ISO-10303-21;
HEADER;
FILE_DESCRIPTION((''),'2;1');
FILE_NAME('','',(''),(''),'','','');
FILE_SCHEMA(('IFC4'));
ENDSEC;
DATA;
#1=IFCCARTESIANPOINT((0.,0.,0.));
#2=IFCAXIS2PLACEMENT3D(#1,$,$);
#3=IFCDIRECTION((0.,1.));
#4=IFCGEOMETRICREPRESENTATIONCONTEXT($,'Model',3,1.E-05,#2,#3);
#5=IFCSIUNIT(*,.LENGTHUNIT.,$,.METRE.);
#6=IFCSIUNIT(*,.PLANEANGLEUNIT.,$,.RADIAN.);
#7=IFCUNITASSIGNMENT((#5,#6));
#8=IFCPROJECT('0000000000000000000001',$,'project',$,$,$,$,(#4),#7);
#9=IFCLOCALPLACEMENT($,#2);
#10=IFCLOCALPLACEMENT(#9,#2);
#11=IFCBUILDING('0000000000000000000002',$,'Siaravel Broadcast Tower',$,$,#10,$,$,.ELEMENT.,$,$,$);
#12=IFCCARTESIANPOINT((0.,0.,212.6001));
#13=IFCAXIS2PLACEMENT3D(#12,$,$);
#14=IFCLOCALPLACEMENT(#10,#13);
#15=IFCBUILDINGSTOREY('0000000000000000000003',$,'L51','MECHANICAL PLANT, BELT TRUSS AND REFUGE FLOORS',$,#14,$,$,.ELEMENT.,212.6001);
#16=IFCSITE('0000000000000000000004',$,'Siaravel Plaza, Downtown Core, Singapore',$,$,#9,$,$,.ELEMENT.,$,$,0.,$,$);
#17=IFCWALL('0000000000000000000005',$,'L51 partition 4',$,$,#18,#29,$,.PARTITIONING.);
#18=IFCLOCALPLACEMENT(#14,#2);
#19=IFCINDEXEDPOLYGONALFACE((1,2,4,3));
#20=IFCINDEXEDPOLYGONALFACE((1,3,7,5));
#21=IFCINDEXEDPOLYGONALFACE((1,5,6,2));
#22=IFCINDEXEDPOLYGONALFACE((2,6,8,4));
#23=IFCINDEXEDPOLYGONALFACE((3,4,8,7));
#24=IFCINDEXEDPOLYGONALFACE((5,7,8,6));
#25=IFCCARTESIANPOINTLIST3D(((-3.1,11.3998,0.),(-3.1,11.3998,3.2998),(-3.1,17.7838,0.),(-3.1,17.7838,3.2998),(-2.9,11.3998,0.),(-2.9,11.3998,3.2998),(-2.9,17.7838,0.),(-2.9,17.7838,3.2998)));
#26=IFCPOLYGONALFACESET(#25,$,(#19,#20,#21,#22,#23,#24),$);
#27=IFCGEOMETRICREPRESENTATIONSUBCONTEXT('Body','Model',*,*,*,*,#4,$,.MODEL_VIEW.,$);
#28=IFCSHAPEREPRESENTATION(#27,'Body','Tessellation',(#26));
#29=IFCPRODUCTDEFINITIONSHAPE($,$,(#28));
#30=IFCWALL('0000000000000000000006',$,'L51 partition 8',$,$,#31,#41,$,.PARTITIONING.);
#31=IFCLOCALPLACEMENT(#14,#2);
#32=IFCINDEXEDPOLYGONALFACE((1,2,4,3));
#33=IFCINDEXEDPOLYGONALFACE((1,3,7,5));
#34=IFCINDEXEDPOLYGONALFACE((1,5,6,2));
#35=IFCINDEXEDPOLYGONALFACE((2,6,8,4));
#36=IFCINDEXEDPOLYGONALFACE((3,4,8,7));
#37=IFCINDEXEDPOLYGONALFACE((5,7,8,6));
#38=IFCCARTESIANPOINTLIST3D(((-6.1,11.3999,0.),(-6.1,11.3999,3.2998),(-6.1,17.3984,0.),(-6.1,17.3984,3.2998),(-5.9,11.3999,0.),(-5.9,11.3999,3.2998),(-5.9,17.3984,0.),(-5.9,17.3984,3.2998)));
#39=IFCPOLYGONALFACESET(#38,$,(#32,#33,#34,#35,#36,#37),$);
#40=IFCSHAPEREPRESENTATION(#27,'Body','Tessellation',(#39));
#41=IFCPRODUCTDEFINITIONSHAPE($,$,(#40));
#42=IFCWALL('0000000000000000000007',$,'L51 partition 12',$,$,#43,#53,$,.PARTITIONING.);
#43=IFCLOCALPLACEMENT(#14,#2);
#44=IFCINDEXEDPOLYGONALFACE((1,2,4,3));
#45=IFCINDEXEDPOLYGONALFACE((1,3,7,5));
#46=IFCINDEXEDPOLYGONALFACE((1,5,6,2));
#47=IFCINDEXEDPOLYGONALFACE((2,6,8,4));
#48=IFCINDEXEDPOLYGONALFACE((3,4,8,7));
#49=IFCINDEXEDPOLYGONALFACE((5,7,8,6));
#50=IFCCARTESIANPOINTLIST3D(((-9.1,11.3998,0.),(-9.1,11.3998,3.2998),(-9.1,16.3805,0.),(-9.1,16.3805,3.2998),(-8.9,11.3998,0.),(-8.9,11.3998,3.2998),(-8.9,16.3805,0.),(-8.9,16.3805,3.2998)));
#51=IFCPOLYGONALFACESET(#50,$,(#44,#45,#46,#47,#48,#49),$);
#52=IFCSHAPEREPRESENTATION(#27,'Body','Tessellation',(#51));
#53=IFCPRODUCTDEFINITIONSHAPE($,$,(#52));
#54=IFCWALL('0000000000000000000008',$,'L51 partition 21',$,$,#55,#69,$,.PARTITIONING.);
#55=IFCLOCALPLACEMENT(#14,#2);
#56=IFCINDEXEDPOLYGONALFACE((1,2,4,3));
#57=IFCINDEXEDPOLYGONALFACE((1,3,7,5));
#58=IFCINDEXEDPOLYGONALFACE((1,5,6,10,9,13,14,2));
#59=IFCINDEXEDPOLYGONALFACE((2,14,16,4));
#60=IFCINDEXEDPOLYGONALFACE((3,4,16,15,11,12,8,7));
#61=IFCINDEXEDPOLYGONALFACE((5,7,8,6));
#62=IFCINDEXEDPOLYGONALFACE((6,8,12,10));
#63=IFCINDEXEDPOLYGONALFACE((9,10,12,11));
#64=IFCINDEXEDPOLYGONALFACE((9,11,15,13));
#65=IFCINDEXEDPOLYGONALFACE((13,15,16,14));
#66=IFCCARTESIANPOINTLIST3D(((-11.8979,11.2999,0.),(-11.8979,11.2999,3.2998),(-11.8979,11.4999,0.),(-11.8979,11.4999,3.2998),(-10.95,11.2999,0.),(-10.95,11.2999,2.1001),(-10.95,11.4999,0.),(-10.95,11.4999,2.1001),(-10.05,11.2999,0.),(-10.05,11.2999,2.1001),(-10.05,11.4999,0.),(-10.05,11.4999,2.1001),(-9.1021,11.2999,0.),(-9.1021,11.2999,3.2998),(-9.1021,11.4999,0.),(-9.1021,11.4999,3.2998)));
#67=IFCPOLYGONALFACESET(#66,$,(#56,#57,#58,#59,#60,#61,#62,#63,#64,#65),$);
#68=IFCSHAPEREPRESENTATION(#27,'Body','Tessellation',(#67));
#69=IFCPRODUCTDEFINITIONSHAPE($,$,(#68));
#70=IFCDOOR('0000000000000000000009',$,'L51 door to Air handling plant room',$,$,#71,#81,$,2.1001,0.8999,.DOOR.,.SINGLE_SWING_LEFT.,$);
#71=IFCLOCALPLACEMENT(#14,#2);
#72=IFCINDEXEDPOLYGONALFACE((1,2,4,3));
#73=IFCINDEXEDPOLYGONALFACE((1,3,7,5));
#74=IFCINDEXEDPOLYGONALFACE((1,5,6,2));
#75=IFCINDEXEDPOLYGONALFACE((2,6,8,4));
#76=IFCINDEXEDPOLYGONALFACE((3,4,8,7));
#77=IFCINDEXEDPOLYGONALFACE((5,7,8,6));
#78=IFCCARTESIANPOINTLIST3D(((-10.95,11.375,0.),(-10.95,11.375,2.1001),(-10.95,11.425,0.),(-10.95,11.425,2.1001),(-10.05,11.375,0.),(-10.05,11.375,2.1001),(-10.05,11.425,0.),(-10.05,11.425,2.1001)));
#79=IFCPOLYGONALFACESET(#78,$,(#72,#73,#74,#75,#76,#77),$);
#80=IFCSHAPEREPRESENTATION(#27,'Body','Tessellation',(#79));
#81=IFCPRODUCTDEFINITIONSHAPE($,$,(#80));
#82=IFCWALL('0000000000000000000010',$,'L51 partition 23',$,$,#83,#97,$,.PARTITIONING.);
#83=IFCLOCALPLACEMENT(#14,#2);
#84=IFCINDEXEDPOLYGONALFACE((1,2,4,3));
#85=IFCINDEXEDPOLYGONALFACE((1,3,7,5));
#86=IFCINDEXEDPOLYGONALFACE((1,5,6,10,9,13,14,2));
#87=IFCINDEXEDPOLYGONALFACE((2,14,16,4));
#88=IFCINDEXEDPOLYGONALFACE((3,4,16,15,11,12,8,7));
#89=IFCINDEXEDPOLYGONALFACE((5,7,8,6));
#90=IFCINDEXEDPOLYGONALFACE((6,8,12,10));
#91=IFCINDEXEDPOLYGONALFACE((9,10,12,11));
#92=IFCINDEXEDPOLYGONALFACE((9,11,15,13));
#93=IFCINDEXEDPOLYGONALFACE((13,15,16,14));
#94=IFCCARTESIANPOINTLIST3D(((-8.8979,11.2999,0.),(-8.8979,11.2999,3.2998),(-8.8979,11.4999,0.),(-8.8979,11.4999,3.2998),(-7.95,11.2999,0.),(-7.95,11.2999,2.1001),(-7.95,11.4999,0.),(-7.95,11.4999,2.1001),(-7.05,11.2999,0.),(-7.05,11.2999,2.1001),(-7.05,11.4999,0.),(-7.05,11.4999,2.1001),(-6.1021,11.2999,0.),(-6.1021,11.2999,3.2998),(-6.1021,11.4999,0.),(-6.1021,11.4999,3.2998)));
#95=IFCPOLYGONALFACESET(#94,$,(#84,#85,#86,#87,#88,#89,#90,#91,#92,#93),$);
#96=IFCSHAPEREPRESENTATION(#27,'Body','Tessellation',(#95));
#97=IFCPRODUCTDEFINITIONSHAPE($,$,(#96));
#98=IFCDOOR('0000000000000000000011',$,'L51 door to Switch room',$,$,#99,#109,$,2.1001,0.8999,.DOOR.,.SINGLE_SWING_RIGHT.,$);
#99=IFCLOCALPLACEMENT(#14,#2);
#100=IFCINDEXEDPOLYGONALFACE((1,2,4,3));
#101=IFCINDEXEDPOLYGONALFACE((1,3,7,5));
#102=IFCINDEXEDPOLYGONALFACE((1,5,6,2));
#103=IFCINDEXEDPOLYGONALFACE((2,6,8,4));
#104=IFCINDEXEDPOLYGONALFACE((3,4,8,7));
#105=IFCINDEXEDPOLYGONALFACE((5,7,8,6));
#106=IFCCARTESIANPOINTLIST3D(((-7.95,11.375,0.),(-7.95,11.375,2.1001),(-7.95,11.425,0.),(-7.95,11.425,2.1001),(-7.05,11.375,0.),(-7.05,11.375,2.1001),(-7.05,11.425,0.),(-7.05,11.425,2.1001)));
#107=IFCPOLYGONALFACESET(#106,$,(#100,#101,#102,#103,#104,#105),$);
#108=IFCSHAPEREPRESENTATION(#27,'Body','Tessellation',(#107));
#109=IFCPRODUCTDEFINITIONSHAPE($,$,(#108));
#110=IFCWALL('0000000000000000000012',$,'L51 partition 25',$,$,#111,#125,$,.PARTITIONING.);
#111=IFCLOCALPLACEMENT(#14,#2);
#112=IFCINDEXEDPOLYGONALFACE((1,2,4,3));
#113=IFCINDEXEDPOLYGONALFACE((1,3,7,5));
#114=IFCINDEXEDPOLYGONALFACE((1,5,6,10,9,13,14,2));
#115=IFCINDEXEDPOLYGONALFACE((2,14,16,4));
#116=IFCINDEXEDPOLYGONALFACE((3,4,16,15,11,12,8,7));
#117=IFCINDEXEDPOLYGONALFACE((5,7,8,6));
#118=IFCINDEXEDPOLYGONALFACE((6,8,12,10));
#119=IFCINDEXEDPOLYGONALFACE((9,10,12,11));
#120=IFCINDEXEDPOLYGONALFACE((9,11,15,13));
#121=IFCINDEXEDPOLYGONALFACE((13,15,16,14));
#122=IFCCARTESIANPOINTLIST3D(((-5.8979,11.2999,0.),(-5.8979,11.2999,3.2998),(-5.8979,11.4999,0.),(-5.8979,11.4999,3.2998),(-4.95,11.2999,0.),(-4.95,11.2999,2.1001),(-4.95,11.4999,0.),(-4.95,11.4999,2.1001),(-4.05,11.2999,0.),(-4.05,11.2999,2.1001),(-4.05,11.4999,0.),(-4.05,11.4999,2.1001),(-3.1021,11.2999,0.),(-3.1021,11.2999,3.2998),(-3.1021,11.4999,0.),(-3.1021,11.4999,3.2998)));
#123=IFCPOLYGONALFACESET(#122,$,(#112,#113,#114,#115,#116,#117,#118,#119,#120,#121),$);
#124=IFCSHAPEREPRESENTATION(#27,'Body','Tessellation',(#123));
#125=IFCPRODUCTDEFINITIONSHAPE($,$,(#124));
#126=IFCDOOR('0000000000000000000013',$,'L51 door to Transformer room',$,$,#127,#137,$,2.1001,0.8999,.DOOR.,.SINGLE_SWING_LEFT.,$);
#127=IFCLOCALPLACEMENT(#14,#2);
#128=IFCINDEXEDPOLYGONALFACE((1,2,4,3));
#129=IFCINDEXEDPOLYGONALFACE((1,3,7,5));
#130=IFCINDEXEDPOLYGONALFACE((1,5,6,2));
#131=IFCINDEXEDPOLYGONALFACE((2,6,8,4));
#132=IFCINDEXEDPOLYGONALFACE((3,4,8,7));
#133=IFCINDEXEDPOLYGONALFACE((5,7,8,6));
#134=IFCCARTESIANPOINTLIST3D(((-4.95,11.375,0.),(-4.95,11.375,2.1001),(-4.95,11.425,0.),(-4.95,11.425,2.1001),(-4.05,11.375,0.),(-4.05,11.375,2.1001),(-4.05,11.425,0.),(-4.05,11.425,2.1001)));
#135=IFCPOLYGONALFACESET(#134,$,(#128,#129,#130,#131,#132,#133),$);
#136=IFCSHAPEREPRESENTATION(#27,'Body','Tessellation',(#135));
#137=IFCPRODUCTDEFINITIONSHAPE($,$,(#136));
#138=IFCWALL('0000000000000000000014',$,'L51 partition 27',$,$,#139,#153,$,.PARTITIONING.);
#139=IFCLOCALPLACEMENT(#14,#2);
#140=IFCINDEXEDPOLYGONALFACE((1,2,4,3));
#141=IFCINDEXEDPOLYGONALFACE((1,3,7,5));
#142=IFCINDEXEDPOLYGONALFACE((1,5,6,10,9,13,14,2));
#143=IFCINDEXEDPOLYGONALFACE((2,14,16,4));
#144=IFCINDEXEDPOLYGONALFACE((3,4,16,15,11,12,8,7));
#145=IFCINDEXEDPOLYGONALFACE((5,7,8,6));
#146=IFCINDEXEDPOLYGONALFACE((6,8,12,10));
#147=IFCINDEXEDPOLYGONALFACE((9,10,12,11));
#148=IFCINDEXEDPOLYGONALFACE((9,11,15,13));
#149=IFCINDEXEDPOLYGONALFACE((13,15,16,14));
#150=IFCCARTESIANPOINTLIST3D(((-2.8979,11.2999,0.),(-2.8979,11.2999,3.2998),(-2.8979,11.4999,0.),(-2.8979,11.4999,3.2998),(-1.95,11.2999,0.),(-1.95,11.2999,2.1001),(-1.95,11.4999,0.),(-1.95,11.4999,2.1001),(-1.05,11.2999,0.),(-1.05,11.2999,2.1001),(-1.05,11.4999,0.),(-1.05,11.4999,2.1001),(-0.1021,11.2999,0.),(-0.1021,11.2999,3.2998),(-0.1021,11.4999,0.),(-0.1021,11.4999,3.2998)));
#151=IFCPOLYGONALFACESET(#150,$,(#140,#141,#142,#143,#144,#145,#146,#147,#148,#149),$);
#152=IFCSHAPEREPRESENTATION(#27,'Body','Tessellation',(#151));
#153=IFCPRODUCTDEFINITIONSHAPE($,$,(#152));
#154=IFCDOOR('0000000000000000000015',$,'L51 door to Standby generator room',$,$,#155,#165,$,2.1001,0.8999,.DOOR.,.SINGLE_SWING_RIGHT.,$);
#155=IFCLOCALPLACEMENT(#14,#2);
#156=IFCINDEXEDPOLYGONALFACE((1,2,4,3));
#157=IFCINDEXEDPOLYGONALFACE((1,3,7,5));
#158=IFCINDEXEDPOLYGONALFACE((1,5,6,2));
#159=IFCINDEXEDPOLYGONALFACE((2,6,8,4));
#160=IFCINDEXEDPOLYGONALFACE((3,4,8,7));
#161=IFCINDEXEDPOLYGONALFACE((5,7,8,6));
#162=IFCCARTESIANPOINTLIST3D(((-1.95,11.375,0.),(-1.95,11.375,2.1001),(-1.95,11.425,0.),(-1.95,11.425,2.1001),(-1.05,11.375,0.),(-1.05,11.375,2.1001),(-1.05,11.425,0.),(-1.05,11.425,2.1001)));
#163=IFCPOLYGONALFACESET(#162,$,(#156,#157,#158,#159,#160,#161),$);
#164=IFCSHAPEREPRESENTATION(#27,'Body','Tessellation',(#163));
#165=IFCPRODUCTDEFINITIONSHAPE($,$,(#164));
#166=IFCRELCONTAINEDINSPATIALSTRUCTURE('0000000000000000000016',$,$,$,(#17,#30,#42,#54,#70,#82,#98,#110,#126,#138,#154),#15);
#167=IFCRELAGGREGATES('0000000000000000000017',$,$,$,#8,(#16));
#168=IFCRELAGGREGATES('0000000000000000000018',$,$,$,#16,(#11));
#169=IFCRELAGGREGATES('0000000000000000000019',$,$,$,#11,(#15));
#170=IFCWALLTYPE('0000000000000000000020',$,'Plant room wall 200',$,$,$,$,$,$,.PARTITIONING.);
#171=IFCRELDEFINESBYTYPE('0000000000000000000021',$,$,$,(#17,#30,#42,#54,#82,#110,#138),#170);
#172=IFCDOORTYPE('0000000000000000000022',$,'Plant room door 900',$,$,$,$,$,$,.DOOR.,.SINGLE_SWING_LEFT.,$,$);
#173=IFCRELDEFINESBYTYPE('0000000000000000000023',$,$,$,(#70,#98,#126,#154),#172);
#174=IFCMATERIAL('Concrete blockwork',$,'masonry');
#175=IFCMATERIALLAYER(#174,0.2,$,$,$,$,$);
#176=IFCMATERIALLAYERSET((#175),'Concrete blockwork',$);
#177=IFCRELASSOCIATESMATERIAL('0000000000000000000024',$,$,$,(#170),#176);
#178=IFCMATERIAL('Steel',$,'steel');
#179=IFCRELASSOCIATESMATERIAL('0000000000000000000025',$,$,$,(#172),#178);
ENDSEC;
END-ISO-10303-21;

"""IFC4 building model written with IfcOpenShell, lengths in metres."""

from ifc_helpers import new_model, si_unit, direction, frame, frame_2d, origin, place, context, subcontext, project, spatial, rectangle, extrude, material, layer, layer_set, type_object, element, fill, save


model = new_model("IFC4")

# Units and contexts
model_context = context("Model", 3, precision=1e-05, world=origin(), true_north=direction((0.0, 1.0)))
body_context = subcontext(model_context, "Body", "Model", "MODEL_VIEW")
ifc_project = project(units=[si_unit("LENGTHUNIT", "METRE"), si_unit("PLANEANGLEUNIT", "RADIAN")], contexts=[model_context])

# Site, building, storey
site_placement = place(None, origin())
site = spatial("IfcSite", under=ifc_project, at=site_placement, Name="Siaravel Plaza, Downtown Core, Singapore", CompositionType="ELEMENT", RefElevation=0.0)
building_placement = place(site_placement, origin())
building = spatial("IfcBuilding", under=site, at=building_placement, Name="Siaravel Broadcast Tower", CompositionType="ELEMENT")
storey_placement = place(building_placement, frame((0.0, 0.0, 212.6001)))
storey = spatial("IfcBuildingStorey", under=building, at=storey_placement, Name="L51", Description="MECHANICAL PLANT, BELT TRUSS AND REFUGE FLOORS", CompositionType="ELEMENT", Elevation=212.6001)

# Walls
ifc_material_1 = material(Name="Concrete blockwork", Category="masonry")
ifc_layer = layer(ifc_material_1, 0.2)
ifc_layer_set = layer_set([ifc_layer], Name="Concrete blockwork")
wall_type = type_object("IfcWallType", Name="Plant room wall 200", PredefinedType="PARTITIONING", material=ifc_layer_set)
wall_1_placement = place(storey_placement, frame((-3.0, 11.3999, 0.0), z_axis=(0.0, 0.0, 1.0), x_axis=(0.0, 1.0, 0.0)))
element("IfcWall", 1, at=wall_1_placement, inside=storey, type_object=wall_type, Name="L51 partition 4", PredefinedType="PARTITIONING", context=body_context, shape_type="SweptSolid", body=[
    extrude(rectangle(XDim=6.384, YDim=0.2, at=frame_2d((3.1919, 0.0))), origin(), (0.0, 0.0, 1.0), 3.2998),
])
wall_2_placement = place(storey_placement, frame((-6.0, 11.3999, 0.0), z_axis=(0.0, 0.0, 1.0), x_axis=(0.0, 1.0, 0.0)))
element("IfcWall", 2, at=wall_2_placement, inside=storey, type_object=wall_type, Name="L51 partition 8", PredefinedType="PARTITIONING", context=body_context, shape_type="SweptSolid", body=[
    extrude(rectangle(XDim=5.9985, YDim=0.2, at=frame_2d((2.9993, 0.0))), origin(), (0.0, 0.0, 1.0), 3.2998),
])
wall_3_placement = place(storey_placement, frame((-9.0, 11.3999, 0.0), z_axis=(0.0, 0.0, 1.0), x_axis=(0.0, 1.0, 0.0)))
element("IfcWall", 3, at=wall_3_placement, inside=storey, type_object=wall_type, Name="L51 partition 12", PredefinedType="PARTITIONING", context=body_context, shape_type="SweptSolid", body=[
    extrude(rectangle(XDim=4.9807, YDim=0.2, at=frame_2d((2.4902, 0.0))), origin(), (0.0, 0.0, 1.0), 3.2998),
])

# Walls, openings, doors
wall_4_placement = place(storey_placement, frame((-9.1021, 11.3999, 0.0), z_axis=(0.0, 0.0, 1.0), x_axis=(-1.0, 0.0, 0.0)))
wall_4 = element("IfcWall", 4, at=wall_4_placement, inside=storey, type_object=wall_type, Name="L51 partition 21", PredefinedType="PARTITIONING", context=body_context, shape_type="SweptSolid", body=[
    extrude(rectangle(XDim=2.7959, YDim=0.2, at=frame_2d((1.3979, 0.0))), origin(), (0.0, 0.0, 1.0), 3.2998),
])
opening_1_placement = place(wall_4_placement, frame((0.948, 0.0, 0.0)))
opening_1 = element("IfcOpeningElement", 5, at=opening_1_placement, cuts=wall_4, PredefinedType="OPENING", context=body_context, shape_type="SweptSolid", body=[
    extrude(rectangle(XDim=0.8999, YDim=2.1001, at=frame_2d((0.45, 1.05))), frame((0.0, 0.1099, 0.0), z_axis=(0.0, -1.0, 0.0), x_axis=(1.0, 0.0, 0.0)), (0.0, 0.0, 1.0), 0.22),
])
ifc_material_2 = material(Name="Steel", Category="steel")
door_type = type_object("IfcDoorType", Name="Plant room door 900", OperationType="SINGLE_SWING_LEFT", PredefinedType="DOOR", material=ifc_material_2)
door_1_placement = place(opening_1_placement, origin())
door_1 = element("IfcDoor", 6, at=door_1_placement, inside=storey, type_object=door_type, Name="L51 door to Air handling plant room", OperationType="SINGLE_SWING_LEFT", OverallHeight=2.1001, OverallWidth=0.8999, PredefinedType="DOOR", context=body_context, shape_type="SweptSolid", body=[
    extrude(rectangle(XDim=0.8999, YDim=2.1001, at=frame_2d((0.45, 1.05))), frame((0.0, 0.0249, 0.0), z_axis=(0.0, -1.0, 0.0), x_axis=(1.0, 0.0, 0.0)), (0.0, 0.0, 1.0), 0.05),
])
fill(opening_1, door_1)
wall_5_placement = place(storey_placement, frame((-6.1021, 11.3999, 0.0), z_axis=(0.0, 0.0, 1.0), x_axis=(-1.0, 0.0, 0.0)))
wall_5 = element("IfcWall", 7, at=wall_5_placement, inside=storey, type_object=wall_type, Name="L51 partition 23", PredefinedType="PARTITIONING", context=body_context, shape_type="SweptSolid", body=[
    extrude(rectangle(XDim=2.7959, YDim=0.2, at=frame_2d((1.3979, 0.0))), origin(), (0.0, 0.0, 1.0), 3.2998),
])
opening_2_placement = place(wall_5_placement, frame((0.948, 0.0, 0.0)))
opening_2 = element("IfcOpeningElement", 8, at=opening_2_placement, cuts=wall_5, PredefinedType="OPENING", context=body_context, shape_type="SweptSolid", body=[
    extrude(rectangle(XDim=0.8999, YDim=2.1001, at=frame_2d((0.45, 1.05))), frame((0.0, 0.1099, 0.0), z_axis=(0.0, -1.0, 0.0), x_axis=(1.0, 0.0, 0.0)), (0.0, 0.0, 1.0), 0.22),
])
door_2_placement = place(opening_2_placement, origin())
door_2 = element("IfcDoor", 9, at=door_2_placement, inside=storey, type_object=door_type, Name="L51 door to Switch room", OperationType="SINGLE_SWING_RIGHT", OverallHeight=2.1001, OverallWidth=0.8999, PredefinedType="DOOR", context=body_context, shape_type="SweptSolid", body=[
    extrude(rectangle(XDim=0.8999, YDim=2.1001, at=frame_2d((0.45, 1.05))), frame((0.0, 0.0249, 0.0), z_axis=(0.0, -1.0, 0.0), x_axis=(1.0, 0.0, 0.0)), (0.0, 0.0, 1.0), 0.05),
])
fill(opening_2, door_2)
wall_6_placement = place(storey_placement, frame((-3.1021, 11.3999, 0.0), z_axis=(0.0, 0.0, 1.0), x_axis=(-1.0, 0.0, 0.0)))
wall_6 = element("IfcWall", 10, at=wall_6_placement, inside=storey, type_object=wall_type, Name="L51 partition 25", PredefinedType="PARTITIONING", context=body_context, shape_type="SweptSolid", body=[
    extrude(rectangle(XDim=2.7959, YDim=0.2, at=frame_2d((1.3979, 0.0))), origin(), (0.0, 0.0, 1.0), 3.2998),
])
opening_3_placement = place(wall_6_placement, frame((0.948, 0.0, 0.0)))
opening_3 = element("IfcOpeningElement", 11, at=opening_3_placement, cuts=wall_6, PredefinedType="OPENING", context=body_context, shape_type="SweptSolid", body=[
    extrude(rectangle(XDim=0.8999, YDim=2.1001, at=frame_2d((0.45, 1.05))), frame((0.0, 0.1099, 0.0), z_axis=(0.0, -1.0, 0.0), x_axis=(1.0, 0.0, 0.0)), (0.0, 0.0, 1.0), 0.22),
])
door_3_placement = place(opening_3_placement, origin())
door_3 = element("IfcDoor", 12, at=door_3_placement, inside=storey, type_object=door_type, Name="L51 door to Transformer room", OperationType="SINGLE_SWING_LEFT", OverallHeight=2.1001, OverallWidth=0.8999, PredefinedType="DOOR", context=body_context, shape_type="SweptSolid", body=[
    extrude(rectangle(XDim=0.8999, YDim=2.1001, at=frame_2d((0.45, 1.05))), frame((0.0, 0.0249, 0.0), z_axis=(0.0, -1.0, 0.0), x_axis=(1.0, 0.0, 0.0)), (0.0, 0.0, 1.0), 0.05),
])
fill(opening_3, door_3)
wall_7_placement = place(storey_placement, frame((-0.1021, 11.3999, 0.0), z_axis=(0.0, 0.0, 1.0), x_axis=(-1.0, 0.0, 0.0)))
wall_7 = element("IfcWall", 13, at=wall_7_placement, inside=storey, type_object=wall_type, Name="L51 partition 27", PredefinedType="PARTITIONING", context=body_context, shape_type="SweptSolid", body=[
    extrude(rectangle(XDim=2.7959, YDim=0.2, at=frame_2d((1.3979, 0.0))), origin(), (0.0, 0.0, 1.0), 3.2998),
])
opening_4_placement = place(wall_7_placement, frame((0.948, 0.0, 0.0)))
opening_4 = element("IfcOpeningElement", 14, at=opening_4_placement, cuts=wall_7, PredefinedType="OPENING", context=body_context, shape_type="SweptSolid", body=[
    extrude(rectangle(XDim=0.8999, YDim=2.1001, at=frame_2d((0.45, 1.05))), frame((0.0, 0.1099, 0.0), z_axis=(0.0, -1.0, 0.0), x_axis=(1.0, 0.0, 0.0)), (0.0, 0.0, 1.0), 0.22),
])
door_4_placement = place(opening_4_placement, origin())
door_4 = element("IfcDoor", 15, at=door_4_placement, inside=storey, type_object=door_type, Name="L51 door to Standby generator room", OperationType="SINGLE_SWING_RIGHT", OverallHeight=2.1001, OverallWidth=0.8999, PredefinedType="DOOR", context=body_context, shape_type="SweptSolid", body=[
    extrude(rectangle(XDim=0.8999, YDim=2.1001, at=frame_2d((0.45, 1.05))), frame((0.0, 0.0249, 0.0), z_axis=(0.0, -1.0, 0.0), x_axis=(1.0, 0.0, 0.0)), (0.0, 0.0, 1.0), 0.05),
])
fill(opening_4, door_4)

save(model, "model.ifc")
